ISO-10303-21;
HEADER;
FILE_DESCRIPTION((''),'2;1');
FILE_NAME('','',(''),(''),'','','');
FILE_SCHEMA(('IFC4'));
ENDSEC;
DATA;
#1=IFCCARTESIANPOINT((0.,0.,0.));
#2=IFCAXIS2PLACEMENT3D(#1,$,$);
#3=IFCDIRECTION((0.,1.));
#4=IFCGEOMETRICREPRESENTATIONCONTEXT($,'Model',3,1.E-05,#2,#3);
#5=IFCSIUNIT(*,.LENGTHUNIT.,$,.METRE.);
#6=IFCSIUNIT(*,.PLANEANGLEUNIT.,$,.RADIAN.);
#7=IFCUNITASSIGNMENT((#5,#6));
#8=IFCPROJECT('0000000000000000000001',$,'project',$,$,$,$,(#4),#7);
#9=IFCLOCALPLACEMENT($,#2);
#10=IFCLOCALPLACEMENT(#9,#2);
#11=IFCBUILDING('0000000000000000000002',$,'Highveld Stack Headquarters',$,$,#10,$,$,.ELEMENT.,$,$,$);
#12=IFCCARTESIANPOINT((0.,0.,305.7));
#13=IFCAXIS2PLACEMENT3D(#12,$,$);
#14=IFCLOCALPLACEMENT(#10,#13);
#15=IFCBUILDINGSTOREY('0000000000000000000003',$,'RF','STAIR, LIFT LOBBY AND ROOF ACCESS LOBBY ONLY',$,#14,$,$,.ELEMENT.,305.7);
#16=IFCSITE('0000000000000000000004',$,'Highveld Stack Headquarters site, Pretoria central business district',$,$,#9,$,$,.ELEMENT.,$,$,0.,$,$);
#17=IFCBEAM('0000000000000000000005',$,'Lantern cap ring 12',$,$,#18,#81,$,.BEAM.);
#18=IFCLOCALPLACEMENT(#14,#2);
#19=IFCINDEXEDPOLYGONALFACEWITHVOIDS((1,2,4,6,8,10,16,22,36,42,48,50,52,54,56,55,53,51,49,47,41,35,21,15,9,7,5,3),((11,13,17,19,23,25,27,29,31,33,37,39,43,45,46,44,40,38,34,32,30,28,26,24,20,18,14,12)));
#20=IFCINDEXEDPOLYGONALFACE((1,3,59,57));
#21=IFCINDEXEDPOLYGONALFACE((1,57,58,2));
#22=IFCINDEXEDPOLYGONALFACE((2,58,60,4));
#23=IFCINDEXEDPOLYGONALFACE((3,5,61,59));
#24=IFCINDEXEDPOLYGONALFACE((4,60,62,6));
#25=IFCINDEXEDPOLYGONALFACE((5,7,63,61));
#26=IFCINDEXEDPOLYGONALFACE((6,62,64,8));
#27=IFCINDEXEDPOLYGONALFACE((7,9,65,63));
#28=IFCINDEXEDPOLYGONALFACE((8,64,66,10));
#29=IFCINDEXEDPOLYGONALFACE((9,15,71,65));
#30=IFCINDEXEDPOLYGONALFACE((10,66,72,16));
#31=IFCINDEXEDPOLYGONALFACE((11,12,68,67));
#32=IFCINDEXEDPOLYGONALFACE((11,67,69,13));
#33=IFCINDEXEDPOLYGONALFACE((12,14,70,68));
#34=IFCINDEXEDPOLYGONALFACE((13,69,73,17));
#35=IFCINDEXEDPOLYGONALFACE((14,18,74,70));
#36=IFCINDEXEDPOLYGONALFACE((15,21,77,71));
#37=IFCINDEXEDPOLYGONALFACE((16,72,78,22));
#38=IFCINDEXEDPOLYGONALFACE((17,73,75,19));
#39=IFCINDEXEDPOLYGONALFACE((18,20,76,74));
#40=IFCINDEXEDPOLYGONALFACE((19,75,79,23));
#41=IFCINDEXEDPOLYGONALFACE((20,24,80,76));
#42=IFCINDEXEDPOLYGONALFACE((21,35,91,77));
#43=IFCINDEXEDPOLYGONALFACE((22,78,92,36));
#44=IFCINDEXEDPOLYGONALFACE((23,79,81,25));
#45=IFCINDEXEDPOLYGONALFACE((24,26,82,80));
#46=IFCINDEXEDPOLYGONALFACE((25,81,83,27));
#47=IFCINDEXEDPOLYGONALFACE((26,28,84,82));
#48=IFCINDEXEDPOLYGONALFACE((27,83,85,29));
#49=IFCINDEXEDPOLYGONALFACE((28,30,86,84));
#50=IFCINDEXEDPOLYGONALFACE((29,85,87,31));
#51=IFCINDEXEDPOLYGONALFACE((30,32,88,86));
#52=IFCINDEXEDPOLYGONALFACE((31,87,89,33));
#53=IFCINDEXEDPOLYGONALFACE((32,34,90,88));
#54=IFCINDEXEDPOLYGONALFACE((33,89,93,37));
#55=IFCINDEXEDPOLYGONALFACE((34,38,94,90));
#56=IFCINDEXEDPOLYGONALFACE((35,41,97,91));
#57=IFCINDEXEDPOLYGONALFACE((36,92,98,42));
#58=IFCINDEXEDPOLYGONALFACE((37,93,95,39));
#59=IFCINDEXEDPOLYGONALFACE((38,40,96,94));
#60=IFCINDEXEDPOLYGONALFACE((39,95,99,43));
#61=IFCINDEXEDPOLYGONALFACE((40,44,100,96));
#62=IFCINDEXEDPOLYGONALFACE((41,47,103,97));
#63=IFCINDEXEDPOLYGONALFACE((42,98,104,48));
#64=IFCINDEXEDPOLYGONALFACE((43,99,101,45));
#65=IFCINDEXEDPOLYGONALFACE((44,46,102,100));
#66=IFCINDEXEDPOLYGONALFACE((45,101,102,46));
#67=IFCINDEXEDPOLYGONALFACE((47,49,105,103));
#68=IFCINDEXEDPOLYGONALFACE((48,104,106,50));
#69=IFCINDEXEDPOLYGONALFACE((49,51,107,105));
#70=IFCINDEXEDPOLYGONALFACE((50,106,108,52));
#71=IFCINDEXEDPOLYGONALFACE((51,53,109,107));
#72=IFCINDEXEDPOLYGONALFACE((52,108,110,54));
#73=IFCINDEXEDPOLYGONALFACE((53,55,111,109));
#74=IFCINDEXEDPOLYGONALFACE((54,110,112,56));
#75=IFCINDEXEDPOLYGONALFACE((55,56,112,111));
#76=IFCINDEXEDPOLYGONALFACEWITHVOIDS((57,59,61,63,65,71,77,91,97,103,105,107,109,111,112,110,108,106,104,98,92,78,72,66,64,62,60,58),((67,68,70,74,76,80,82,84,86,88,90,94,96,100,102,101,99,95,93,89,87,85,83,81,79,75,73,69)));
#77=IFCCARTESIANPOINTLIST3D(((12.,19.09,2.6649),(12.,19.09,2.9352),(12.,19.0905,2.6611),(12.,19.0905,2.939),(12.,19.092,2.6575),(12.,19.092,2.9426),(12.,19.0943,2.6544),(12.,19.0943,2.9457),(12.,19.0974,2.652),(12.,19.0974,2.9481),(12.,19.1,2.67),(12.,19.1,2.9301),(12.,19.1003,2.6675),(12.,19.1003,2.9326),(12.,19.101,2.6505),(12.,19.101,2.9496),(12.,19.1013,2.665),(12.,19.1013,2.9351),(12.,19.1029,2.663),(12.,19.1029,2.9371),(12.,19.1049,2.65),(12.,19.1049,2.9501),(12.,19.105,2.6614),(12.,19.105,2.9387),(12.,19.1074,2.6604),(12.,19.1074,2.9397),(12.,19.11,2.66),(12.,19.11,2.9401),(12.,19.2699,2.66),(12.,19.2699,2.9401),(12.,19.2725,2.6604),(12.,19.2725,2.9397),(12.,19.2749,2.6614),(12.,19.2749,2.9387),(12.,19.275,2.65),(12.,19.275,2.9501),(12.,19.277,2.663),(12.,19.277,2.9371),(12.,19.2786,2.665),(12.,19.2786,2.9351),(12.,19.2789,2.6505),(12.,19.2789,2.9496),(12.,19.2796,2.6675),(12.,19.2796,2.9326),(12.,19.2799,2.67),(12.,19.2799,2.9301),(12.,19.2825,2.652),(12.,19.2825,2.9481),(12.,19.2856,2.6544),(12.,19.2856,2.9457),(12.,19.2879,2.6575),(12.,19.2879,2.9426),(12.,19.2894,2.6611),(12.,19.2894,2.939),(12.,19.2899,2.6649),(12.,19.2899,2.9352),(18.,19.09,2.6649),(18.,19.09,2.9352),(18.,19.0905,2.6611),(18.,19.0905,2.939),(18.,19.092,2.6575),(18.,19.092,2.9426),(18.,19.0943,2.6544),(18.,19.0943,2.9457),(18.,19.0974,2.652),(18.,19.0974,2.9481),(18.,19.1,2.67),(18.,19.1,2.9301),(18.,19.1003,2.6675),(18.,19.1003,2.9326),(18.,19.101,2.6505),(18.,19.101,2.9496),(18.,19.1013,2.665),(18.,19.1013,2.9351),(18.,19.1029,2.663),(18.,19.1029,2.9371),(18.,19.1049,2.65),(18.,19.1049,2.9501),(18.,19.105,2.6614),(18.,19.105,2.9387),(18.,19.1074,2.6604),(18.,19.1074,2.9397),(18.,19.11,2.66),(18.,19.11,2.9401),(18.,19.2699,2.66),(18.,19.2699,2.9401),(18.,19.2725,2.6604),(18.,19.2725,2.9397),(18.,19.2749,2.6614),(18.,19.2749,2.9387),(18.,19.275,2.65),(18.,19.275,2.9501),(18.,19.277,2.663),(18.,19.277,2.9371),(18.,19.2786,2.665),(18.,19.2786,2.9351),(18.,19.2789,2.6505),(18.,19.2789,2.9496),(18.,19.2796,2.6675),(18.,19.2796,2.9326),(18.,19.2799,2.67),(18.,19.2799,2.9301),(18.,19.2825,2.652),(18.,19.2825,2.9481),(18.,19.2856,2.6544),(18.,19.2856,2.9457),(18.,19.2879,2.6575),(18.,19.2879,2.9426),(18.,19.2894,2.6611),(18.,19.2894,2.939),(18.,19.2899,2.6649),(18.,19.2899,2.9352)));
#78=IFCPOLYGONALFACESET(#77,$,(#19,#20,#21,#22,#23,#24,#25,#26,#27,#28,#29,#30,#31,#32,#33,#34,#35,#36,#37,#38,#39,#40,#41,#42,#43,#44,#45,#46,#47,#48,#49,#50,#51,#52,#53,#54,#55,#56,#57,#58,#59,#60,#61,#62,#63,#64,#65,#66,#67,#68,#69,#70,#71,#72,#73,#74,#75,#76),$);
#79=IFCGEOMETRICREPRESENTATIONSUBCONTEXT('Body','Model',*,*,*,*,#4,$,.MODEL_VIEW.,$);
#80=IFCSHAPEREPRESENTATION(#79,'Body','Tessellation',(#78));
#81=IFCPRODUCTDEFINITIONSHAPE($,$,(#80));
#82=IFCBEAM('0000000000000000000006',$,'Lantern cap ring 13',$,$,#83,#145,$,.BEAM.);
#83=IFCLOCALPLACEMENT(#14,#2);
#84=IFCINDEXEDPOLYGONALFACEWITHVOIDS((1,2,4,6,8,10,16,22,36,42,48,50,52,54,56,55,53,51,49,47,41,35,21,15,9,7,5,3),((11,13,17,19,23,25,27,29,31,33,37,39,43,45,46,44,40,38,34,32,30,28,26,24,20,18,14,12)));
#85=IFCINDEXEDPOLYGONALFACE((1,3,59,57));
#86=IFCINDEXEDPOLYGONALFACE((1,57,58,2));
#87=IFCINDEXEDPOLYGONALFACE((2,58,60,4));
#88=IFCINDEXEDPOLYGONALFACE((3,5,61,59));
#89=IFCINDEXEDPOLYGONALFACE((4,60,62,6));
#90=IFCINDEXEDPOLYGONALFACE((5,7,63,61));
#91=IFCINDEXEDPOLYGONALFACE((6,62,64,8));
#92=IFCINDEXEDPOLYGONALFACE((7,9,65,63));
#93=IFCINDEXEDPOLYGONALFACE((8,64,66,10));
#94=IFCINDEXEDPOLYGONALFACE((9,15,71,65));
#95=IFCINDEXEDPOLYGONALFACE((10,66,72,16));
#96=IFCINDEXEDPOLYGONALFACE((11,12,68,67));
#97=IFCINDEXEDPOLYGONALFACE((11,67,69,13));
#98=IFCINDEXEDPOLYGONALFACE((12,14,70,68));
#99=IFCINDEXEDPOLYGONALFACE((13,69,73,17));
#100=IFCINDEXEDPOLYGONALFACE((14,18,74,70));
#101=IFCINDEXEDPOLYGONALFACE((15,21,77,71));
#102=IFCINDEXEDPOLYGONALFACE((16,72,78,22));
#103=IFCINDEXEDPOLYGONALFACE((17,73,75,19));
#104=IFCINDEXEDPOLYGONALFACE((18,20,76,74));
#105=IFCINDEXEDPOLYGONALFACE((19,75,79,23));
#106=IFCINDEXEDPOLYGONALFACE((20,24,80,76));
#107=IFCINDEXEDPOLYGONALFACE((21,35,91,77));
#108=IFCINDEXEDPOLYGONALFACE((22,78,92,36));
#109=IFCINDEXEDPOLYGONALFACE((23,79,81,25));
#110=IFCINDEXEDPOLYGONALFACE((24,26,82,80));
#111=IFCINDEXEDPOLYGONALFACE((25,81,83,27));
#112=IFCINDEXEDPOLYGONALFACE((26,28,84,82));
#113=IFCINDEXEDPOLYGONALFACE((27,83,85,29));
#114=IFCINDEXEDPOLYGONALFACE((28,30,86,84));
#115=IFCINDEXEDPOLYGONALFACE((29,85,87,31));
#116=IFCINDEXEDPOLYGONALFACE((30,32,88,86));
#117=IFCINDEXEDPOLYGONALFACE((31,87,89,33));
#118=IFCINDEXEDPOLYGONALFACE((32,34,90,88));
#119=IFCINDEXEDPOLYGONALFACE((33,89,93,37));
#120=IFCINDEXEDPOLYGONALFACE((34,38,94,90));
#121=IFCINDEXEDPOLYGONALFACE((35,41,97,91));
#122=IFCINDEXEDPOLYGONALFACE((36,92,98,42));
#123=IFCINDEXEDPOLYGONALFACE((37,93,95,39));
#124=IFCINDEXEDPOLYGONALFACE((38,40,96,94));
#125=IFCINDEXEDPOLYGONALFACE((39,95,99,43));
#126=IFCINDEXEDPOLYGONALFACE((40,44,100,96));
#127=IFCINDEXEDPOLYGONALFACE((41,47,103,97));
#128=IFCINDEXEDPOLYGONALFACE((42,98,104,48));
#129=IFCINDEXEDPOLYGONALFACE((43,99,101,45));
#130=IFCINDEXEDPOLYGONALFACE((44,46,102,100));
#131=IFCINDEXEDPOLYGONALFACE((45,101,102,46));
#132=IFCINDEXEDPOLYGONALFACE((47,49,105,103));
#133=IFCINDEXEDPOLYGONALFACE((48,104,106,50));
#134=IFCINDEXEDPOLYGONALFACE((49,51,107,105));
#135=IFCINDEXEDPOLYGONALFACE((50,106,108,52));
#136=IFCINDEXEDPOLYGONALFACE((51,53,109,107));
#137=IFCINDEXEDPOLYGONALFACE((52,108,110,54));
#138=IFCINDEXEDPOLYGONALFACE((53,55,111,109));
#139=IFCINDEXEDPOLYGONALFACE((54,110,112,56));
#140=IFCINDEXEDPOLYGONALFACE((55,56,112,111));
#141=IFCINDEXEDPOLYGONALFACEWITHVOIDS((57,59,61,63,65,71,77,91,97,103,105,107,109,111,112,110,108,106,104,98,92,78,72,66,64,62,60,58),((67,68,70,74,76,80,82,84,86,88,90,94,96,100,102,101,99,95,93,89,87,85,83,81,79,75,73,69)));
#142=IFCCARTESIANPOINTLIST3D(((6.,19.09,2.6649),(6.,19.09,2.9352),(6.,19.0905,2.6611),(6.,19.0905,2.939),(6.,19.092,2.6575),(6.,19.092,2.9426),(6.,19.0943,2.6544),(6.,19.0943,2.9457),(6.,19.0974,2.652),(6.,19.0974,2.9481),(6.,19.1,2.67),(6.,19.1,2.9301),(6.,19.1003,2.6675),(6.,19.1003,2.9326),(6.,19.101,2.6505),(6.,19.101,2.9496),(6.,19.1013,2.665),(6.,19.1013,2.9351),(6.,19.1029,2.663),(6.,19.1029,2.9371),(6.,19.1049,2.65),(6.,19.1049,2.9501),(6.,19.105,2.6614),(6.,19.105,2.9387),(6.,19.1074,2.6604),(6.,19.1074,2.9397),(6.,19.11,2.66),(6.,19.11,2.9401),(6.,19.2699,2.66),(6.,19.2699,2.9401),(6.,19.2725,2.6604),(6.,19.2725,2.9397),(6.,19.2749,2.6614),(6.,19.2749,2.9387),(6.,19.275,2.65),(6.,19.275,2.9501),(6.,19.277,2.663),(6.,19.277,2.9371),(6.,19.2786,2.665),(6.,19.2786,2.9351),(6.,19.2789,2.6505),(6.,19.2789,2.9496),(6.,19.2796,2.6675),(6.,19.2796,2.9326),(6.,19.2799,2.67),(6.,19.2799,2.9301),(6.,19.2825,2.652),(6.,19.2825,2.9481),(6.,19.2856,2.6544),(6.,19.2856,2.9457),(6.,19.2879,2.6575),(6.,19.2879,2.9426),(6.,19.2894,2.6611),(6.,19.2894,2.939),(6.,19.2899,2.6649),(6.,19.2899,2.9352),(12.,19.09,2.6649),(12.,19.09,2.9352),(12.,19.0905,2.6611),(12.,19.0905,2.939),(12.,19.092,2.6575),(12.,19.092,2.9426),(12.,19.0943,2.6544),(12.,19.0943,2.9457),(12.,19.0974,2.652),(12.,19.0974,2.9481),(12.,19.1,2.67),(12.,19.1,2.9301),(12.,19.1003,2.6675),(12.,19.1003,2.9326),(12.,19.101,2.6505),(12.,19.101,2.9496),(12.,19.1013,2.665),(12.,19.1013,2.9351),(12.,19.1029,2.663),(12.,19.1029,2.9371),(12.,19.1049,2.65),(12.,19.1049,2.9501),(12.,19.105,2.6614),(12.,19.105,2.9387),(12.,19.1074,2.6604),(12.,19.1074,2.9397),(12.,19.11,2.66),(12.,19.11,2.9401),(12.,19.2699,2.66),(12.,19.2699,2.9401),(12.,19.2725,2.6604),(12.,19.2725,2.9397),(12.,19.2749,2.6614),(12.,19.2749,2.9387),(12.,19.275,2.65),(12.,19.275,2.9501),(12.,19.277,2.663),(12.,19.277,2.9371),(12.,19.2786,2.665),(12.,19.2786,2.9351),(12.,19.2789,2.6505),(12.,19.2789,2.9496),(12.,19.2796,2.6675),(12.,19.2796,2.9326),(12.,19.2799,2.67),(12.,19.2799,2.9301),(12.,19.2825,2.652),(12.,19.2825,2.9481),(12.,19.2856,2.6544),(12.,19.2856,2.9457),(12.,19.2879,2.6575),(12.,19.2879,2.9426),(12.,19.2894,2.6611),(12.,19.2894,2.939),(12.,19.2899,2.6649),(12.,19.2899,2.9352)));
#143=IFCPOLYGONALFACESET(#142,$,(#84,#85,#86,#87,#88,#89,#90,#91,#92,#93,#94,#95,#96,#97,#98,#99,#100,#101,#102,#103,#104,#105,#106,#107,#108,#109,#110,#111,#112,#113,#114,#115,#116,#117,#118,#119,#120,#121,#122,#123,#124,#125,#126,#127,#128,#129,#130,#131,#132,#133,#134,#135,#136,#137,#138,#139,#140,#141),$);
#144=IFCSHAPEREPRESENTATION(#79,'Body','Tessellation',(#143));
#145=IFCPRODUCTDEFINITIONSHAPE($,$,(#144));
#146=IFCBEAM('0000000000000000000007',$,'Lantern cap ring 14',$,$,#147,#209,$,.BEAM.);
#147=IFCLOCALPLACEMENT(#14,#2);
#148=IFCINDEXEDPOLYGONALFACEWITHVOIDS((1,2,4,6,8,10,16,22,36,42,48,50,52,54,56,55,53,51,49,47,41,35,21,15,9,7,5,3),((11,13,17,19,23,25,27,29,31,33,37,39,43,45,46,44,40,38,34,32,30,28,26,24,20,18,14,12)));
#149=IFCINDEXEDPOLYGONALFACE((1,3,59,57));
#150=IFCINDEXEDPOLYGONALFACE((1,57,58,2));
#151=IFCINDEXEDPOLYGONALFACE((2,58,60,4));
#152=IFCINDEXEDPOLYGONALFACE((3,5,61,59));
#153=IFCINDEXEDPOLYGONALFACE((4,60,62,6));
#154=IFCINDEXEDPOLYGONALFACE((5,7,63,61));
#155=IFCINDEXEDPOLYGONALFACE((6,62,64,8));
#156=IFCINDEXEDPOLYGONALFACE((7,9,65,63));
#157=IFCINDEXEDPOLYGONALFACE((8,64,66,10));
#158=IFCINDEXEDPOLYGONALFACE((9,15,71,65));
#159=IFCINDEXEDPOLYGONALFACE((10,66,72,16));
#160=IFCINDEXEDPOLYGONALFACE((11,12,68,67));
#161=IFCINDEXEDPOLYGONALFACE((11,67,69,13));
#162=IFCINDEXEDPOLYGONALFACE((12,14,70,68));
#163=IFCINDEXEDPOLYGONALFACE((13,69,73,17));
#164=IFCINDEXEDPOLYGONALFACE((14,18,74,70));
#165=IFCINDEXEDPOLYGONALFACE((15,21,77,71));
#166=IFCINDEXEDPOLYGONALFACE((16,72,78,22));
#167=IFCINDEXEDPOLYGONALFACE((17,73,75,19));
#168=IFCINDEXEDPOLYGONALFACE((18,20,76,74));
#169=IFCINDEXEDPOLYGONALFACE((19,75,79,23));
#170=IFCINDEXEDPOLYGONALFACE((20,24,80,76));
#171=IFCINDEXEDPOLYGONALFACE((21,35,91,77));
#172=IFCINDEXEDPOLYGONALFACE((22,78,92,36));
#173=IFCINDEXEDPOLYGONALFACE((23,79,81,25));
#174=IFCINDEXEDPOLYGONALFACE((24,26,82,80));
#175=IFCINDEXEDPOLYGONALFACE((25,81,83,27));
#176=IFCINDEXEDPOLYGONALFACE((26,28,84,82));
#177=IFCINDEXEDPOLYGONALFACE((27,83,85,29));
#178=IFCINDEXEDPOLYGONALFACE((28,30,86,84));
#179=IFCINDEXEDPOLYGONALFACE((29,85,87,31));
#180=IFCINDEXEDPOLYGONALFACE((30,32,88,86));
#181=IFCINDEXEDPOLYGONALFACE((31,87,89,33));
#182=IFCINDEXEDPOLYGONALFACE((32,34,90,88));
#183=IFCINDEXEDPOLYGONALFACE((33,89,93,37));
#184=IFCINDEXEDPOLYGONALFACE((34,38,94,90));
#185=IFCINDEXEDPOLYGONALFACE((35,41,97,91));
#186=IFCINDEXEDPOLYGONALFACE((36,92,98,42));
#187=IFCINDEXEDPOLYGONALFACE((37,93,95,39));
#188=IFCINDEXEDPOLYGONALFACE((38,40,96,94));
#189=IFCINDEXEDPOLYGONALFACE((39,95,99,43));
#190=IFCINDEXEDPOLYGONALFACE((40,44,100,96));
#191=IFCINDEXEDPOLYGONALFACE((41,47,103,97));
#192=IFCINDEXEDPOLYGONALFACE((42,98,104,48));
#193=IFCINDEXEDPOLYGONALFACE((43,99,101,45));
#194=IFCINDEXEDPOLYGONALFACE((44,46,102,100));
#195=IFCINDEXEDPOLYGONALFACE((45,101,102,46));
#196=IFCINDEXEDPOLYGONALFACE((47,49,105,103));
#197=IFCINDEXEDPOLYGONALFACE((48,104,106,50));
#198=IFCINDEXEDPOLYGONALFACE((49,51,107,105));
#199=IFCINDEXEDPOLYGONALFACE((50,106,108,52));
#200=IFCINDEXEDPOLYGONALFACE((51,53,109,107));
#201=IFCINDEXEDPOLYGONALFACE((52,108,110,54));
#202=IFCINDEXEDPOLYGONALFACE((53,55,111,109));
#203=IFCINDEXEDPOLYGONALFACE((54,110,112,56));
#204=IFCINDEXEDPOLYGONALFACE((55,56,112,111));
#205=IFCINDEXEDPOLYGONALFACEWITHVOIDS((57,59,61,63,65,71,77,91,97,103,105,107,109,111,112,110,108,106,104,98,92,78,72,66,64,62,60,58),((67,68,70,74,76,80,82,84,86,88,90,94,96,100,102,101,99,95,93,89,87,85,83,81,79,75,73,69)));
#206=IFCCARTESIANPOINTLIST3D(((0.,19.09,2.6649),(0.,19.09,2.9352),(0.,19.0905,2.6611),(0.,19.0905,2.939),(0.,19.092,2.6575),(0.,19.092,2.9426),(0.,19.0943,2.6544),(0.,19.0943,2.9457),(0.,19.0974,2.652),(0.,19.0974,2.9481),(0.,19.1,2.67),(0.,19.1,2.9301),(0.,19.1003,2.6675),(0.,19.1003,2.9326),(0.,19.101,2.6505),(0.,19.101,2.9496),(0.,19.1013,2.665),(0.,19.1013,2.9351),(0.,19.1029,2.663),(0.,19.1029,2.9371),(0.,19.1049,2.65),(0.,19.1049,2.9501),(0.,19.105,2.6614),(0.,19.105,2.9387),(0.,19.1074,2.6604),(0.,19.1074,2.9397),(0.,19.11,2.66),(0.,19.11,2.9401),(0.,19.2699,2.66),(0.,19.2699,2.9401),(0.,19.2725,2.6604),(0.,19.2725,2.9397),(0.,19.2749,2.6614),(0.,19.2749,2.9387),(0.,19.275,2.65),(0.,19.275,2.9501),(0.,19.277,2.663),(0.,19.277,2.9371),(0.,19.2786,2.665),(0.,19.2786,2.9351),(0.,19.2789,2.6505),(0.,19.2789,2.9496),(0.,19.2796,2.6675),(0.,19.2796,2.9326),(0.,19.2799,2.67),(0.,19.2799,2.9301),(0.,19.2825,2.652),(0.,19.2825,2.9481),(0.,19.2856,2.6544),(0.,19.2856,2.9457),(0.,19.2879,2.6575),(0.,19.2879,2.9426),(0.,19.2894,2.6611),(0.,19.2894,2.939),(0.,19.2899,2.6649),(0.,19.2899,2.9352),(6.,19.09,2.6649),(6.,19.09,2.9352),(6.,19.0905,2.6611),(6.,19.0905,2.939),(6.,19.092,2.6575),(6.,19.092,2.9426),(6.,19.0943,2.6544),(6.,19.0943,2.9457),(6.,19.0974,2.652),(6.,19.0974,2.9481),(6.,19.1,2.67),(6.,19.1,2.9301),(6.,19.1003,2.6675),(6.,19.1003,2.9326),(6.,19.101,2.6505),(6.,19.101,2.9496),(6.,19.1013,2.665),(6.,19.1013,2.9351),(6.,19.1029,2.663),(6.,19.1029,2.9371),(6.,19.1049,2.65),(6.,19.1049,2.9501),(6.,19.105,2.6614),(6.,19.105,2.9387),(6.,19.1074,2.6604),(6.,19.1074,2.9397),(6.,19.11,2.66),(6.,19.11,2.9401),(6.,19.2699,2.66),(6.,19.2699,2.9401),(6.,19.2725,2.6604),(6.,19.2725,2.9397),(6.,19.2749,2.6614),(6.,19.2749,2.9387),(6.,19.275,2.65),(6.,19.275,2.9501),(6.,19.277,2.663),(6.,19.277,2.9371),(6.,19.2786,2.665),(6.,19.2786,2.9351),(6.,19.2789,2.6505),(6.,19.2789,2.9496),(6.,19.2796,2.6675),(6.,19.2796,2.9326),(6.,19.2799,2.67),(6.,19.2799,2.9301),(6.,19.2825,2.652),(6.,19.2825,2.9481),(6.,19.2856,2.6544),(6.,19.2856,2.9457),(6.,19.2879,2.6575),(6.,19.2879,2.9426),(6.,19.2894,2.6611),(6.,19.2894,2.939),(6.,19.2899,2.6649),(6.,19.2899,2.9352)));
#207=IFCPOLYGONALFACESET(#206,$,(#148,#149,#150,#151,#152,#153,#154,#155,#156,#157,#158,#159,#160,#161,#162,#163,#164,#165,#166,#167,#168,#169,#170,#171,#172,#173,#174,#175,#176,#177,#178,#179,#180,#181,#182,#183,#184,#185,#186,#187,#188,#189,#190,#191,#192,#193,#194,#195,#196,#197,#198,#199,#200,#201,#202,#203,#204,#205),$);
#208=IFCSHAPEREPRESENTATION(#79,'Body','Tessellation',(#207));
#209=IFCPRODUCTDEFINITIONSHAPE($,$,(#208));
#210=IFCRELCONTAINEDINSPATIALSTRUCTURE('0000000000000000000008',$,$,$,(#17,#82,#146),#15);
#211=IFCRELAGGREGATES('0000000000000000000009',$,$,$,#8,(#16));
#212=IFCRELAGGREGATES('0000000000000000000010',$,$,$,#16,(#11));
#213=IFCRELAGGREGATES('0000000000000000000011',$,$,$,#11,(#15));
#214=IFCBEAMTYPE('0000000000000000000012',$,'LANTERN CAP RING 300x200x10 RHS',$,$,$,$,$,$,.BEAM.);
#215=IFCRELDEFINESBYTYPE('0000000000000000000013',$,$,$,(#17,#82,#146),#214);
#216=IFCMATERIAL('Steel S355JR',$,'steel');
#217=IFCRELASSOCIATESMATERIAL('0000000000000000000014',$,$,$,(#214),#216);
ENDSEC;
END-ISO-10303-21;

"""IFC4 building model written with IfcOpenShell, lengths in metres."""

from ifc_helpers import new_model, si_unit, direction, frame, origin, origin_2d, place, context, subcontext, project, spatial, hollow_rectangle, extrude, material, material_profile, profile_set, type_object, element, save


model = new_model("IFC4")

# Units and contexts
model_context = context("Model", 3, precision=1e-05, world=origin(), true_north=direction((0.0, 1.0)))
body_context = subcontext(model_context, "Body", "Model", "MODEL_VIEW")
ifc_project = project(units=[si_unit("LENGTHUNIT", "METRE"), si_unit("PLANEANGLEUNIT", "RADIAN")], contexts=[model_context])

# Site, building, storey
site_placement = place(None, origin())
site = spatial("IfcSite", under=ifc_project, at=site_placement, Name="Highveld Stack Headquarters site, Pretoria central business district", CompositionType="ELEMENT", RefElevation=0.0)
building_placement = place(site_placement, origin())
building = spatial("IfcBuilding", under=site, at=building_placement, Name="Highveld Stack Headquarters", CompositionType="ELEMENT")
storey_placement = place(building_placement, frame((0.0, 0.0, 305.7)))
storey = spatial("IfcBuildingStorey", under=building, at=storey_placement, Name="RF", Description="STAIR, LIFT LOBBY AND ROOF ACCESS LOBBY ONLY", CompositionType="ELEMENT", Elevation=305.7)

# Beams
ifc_material_1 = material(Name="Steel S355JR", Category="steel")
ifc_material_profile_1 = material_profile(ifc_material_1, hollow_rectangle(XDim=0.2, YDim=0.3, WallThickness=0.01, InnerFilletRadius=0.01, OuterFilletRadius=0.0149, at=origin_2d()), Name="300x200x10 RHS")
ifc_profile_set_1 = profile_set([ifc_material_profile_1], Name="Steel S355JR")
beam_type_1 = type_object("IfcBeamType", Name="LANTERN CAP RING 300x200x10 RHS", PredefinedType="BEAM", material=ifc_profile_set_1)
for number, where, z_axis, x_axis, name in (
    (1, (18.0, 19.1899, 2.8), (-1.0, 0.0, 0.0), (0.0, -1.0, 0.0), "Lantern cap ring 12"),
    (2, (12.0, 19.1899, 2.8), (-1.0, 0.0, 0.0), (0.0, -1.0, 0.0), "Lantern cap ring 13"),
    (3, (6.0, 19.1899, 2.8), (-1.0, 0.0, 0.0), (0.0, -1.0, 0.0), "Lantern cap ring 14"),
):
    element("IfcBeam", number, at=place(storey_placement, frame(where, z_axis=z_axis, x_axis=x_axis)), inside=storey, type_object=beam_type_1, Name=name, PredefinedType="BEAM", context=body_context, shape_type="SweptSolid", body=[
        extrude(hollow_rectangle(XDim=0.2, YDim=0.3, WallThickness=0.01, InnerFilletRadius=0.01, OuterFilletRadius=0.0149, at=origin_2d()), origin(), (0.0, 0.0, 1.0), 6.0),
    ])

save(model, "model.ifc")
